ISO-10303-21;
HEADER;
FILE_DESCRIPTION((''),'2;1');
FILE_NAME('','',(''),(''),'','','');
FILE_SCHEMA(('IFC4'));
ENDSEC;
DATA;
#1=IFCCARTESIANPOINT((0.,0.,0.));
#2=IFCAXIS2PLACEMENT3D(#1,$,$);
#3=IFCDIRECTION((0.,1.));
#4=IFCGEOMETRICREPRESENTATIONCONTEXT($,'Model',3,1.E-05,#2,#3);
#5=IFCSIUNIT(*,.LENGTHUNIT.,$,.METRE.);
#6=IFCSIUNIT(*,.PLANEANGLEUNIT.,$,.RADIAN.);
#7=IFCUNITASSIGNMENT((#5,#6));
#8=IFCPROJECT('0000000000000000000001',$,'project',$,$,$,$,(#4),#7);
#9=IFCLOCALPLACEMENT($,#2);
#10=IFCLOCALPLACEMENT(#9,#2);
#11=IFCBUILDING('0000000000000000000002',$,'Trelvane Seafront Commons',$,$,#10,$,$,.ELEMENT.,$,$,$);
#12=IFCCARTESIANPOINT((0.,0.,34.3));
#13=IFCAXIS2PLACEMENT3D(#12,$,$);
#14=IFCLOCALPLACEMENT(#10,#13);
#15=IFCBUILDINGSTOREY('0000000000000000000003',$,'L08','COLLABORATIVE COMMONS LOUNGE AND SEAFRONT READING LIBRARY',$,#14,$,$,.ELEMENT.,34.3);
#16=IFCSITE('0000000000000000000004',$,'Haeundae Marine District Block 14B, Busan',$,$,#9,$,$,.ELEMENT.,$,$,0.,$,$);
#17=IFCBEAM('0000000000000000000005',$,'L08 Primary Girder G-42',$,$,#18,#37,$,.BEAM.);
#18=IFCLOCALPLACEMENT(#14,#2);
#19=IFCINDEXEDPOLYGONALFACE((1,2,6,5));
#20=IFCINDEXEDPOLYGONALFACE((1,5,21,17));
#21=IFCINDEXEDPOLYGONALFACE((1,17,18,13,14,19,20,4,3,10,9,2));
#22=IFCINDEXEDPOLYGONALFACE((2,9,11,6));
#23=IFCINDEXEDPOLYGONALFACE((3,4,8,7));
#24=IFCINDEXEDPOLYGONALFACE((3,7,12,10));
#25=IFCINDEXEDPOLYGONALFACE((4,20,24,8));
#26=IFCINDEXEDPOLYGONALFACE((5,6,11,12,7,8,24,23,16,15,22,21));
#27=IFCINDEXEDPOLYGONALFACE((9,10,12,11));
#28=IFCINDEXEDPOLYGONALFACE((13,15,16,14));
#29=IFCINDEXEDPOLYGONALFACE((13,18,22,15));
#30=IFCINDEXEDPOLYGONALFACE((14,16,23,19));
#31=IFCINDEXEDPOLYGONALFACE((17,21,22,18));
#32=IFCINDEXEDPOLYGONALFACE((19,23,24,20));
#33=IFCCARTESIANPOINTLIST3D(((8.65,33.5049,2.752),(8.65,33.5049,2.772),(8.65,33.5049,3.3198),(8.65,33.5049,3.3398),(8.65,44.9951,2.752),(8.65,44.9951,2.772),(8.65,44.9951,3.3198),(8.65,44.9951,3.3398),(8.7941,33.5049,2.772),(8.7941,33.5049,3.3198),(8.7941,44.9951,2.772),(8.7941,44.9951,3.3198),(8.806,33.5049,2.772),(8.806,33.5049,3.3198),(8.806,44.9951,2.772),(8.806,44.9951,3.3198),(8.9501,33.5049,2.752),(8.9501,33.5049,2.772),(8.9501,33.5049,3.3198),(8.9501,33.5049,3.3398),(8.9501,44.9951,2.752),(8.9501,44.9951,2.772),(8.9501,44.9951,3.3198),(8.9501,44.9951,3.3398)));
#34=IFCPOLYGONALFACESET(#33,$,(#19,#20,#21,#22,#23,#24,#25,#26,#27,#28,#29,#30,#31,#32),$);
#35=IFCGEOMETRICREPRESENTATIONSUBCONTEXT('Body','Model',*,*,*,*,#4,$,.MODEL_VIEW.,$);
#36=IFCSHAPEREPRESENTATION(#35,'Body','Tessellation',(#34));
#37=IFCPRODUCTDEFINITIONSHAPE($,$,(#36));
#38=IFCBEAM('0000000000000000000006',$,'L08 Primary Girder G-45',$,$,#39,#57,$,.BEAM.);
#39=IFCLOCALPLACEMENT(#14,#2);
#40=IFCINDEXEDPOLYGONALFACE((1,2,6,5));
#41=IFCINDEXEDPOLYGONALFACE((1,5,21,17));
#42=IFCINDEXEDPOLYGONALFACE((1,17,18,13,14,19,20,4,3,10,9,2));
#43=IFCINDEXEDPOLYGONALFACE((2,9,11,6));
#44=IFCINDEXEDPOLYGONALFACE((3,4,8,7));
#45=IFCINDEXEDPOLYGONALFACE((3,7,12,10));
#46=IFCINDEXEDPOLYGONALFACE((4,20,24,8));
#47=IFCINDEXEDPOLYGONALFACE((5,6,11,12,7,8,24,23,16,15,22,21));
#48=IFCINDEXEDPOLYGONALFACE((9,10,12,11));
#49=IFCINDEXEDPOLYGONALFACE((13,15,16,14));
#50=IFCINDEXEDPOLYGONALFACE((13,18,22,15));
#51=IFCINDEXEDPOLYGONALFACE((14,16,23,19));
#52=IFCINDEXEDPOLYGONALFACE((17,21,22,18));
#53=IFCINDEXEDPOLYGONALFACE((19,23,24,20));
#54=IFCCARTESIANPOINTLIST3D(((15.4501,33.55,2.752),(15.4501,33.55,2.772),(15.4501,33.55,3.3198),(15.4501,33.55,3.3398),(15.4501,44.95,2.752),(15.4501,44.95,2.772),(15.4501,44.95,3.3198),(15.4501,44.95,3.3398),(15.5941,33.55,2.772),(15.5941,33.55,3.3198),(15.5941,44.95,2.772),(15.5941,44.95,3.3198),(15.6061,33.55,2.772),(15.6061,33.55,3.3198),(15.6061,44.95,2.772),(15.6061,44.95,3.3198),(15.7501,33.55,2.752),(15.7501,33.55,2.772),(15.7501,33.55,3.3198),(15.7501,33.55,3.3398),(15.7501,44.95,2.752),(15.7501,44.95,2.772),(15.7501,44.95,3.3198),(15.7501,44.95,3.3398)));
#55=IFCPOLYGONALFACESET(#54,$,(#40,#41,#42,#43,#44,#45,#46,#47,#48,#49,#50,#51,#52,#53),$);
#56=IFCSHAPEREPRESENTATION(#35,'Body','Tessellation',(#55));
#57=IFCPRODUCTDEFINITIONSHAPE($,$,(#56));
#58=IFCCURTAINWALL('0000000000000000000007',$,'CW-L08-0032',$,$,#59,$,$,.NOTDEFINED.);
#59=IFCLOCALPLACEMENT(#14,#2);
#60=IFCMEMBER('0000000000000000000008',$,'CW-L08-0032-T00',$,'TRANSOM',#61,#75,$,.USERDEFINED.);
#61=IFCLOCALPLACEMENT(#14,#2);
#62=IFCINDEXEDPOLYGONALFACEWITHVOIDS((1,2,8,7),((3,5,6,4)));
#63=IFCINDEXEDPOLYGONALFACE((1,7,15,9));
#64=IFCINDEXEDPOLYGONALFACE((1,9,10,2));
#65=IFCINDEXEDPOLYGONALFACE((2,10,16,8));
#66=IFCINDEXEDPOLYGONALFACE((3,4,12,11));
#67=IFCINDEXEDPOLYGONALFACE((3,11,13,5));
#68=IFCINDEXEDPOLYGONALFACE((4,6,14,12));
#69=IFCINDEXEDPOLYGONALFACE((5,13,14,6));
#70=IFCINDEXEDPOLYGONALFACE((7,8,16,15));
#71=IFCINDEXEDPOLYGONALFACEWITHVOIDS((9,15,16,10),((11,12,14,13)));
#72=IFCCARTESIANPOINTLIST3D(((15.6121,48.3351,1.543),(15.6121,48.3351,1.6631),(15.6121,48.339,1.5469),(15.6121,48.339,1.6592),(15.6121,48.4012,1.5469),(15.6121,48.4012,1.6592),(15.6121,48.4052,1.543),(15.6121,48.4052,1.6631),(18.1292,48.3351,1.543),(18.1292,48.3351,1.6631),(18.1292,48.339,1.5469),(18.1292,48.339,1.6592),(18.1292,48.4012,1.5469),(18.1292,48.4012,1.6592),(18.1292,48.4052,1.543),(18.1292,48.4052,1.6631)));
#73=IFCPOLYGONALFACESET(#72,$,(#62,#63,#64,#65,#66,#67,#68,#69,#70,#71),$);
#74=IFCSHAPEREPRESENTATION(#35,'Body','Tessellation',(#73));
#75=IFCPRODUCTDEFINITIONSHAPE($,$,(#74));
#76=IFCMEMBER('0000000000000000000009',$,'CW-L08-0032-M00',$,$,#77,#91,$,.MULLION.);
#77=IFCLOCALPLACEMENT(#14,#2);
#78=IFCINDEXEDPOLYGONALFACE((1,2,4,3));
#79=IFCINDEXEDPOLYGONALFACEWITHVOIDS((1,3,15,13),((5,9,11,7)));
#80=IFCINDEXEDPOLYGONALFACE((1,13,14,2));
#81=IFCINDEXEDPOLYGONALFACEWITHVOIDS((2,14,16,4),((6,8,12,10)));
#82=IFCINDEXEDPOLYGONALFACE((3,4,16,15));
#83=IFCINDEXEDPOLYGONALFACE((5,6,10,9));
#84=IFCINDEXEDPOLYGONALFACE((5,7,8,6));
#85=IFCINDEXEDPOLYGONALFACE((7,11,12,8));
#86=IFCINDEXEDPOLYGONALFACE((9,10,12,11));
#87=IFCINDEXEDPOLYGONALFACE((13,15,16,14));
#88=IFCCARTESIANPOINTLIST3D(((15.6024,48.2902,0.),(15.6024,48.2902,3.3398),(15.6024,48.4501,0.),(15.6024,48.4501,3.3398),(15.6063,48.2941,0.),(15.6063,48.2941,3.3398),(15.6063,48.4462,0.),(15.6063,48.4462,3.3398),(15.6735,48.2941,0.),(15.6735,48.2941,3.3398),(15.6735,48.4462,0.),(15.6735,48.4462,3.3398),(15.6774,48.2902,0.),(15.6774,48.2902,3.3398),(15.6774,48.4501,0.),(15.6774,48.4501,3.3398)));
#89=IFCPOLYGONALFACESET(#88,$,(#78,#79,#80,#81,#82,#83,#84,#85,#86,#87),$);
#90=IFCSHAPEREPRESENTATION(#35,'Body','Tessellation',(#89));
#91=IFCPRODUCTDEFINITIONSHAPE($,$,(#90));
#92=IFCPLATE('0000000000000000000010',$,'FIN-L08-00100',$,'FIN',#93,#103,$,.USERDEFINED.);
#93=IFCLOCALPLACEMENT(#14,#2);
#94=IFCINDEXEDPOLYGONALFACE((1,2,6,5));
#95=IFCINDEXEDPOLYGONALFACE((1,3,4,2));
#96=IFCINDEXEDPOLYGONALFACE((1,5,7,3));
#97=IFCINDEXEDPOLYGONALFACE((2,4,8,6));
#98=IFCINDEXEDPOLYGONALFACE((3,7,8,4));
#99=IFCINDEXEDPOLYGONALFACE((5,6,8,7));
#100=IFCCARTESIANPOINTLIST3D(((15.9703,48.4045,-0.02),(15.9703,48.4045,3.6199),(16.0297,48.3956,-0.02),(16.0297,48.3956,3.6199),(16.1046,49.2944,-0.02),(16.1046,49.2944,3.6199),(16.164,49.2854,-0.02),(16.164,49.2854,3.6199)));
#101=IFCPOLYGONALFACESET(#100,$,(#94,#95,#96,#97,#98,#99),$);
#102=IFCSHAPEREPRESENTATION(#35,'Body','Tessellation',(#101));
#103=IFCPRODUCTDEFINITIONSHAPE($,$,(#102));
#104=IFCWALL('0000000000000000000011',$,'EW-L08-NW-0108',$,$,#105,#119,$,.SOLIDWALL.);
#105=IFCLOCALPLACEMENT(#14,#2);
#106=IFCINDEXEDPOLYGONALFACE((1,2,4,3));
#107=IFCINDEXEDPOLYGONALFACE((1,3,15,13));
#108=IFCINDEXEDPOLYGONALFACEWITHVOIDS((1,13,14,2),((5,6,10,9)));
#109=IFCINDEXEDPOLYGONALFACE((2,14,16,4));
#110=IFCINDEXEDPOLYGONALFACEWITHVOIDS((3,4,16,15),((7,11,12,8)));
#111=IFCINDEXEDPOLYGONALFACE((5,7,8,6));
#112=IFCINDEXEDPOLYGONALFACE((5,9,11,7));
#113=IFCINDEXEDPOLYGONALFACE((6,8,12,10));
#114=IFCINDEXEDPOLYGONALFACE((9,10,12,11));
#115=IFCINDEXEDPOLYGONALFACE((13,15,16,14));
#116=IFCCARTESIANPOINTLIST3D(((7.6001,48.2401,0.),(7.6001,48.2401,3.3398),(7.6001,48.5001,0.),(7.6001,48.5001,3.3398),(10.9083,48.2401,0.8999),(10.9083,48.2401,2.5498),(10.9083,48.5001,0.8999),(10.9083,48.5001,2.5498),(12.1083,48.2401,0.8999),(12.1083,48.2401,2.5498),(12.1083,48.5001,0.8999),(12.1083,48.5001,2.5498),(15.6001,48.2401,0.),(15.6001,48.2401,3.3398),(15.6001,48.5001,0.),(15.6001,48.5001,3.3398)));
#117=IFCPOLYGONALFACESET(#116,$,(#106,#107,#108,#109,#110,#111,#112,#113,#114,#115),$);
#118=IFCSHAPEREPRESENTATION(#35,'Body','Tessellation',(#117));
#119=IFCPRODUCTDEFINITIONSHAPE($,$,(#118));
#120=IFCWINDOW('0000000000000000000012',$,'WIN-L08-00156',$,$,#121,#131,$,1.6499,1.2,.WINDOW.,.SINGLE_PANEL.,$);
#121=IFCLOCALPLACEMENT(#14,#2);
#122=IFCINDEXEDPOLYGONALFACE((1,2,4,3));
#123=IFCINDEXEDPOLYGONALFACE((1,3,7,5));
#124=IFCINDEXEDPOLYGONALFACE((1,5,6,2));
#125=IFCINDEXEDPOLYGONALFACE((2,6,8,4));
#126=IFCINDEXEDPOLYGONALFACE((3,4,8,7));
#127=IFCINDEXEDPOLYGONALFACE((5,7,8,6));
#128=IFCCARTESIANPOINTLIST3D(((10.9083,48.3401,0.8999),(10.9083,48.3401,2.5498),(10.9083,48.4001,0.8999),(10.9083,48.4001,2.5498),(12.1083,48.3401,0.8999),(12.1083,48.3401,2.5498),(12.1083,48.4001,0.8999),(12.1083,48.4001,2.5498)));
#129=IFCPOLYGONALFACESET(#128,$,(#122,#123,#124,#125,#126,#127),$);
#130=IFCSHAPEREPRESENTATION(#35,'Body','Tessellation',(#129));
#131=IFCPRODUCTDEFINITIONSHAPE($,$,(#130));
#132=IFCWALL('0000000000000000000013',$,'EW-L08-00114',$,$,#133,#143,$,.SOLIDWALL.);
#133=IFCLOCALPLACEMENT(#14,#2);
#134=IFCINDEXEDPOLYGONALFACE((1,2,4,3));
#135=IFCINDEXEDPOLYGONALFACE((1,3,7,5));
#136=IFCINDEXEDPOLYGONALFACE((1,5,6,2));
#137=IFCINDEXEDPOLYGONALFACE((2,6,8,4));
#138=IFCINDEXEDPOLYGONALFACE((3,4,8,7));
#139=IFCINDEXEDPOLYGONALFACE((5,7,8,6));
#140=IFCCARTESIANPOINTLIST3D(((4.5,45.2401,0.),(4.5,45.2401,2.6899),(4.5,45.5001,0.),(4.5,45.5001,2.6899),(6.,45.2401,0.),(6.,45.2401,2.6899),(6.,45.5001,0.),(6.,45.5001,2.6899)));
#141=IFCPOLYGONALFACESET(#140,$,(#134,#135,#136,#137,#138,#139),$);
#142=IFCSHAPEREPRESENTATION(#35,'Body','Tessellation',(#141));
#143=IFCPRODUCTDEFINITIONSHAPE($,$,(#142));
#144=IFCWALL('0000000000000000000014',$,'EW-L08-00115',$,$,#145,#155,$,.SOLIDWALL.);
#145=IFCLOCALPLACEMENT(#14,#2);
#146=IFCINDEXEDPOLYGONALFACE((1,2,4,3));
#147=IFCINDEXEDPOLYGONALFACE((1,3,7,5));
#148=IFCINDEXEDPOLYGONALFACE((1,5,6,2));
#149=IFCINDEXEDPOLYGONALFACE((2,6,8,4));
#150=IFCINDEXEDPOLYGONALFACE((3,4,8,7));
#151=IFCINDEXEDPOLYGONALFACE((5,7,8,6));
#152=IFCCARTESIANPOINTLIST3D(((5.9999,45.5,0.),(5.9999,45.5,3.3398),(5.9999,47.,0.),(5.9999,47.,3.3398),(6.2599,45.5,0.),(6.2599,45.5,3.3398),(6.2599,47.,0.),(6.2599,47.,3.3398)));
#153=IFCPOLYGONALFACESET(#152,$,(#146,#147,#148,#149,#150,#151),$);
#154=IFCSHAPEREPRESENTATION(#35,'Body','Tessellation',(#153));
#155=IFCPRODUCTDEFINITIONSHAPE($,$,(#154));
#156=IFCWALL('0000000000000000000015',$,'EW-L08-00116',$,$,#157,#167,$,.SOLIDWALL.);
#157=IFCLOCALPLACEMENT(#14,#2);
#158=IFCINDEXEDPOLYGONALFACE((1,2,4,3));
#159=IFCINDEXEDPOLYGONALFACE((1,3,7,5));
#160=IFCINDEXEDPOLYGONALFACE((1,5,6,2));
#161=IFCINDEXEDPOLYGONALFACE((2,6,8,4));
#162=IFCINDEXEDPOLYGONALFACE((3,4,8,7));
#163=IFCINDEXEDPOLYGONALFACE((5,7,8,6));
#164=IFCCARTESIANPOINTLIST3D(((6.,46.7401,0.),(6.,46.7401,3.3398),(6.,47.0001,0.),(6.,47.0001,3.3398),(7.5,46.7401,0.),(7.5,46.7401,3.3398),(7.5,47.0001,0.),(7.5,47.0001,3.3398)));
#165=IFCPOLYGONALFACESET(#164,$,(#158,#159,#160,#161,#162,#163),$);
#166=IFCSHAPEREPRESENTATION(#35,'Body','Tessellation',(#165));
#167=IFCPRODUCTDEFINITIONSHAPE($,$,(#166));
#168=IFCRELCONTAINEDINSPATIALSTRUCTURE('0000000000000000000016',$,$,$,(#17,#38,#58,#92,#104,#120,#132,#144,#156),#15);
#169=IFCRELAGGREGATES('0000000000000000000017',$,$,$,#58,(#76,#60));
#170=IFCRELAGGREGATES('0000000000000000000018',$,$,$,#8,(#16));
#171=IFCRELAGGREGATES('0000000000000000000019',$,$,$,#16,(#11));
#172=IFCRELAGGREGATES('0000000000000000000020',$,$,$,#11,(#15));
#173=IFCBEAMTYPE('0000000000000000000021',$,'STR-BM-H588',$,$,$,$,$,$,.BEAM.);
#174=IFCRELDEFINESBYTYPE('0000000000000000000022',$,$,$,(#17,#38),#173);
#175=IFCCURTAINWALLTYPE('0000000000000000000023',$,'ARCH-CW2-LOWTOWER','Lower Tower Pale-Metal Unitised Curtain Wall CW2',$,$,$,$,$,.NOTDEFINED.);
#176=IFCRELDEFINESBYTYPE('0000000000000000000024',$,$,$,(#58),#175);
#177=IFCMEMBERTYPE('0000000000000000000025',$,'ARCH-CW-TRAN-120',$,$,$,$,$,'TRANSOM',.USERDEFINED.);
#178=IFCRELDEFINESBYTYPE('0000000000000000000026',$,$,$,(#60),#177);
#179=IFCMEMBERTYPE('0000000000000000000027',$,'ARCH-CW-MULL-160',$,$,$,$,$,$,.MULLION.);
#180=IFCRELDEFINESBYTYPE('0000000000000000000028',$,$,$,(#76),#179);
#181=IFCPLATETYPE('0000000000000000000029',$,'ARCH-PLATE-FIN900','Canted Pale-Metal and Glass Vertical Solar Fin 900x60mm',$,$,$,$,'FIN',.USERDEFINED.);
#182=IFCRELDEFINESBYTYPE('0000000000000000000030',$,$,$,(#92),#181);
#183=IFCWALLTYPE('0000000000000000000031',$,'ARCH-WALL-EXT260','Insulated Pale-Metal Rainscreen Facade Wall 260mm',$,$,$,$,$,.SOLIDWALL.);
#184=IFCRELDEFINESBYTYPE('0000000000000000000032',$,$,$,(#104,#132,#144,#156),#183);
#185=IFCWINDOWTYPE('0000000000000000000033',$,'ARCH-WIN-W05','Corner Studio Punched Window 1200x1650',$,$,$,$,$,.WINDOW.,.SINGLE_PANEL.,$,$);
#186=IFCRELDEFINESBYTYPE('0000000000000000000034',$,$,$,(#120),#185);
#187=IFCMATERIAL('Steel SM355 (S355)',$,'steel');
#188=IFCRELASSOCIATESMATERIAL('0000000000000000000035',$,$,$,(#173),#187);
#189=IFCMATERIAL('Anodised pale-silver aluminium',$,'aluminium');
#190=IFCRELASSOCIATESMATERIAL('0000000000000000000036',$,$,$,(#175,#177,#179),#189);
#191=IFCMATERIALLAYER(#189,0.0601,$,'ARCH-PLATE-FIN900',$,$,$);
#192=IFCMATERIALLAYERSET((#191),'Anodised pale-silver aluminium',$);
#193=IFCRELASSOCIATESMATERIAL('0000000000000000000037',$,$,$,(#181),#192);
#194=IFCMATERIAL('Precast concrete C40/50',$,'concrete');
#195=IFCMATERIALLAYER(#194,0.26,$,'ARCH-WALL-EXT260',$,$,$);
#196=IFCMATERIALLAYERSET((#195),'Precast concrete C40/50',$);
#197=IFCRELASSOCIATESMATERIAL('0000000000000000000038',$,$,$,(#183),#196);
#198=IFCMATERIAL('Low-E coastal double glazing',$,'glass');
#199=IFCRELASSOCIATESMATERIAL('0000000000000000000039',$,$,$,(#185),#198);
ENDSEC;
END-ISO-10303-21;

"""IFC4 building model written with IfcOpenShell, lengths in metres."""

from ifc_helpers import new_model, si_unit, direction, frame, frame_2d, origin, origin_2d, place, context, subcontext, project, spatial, rectangle, hollow_rectangle, i_section, extrude, source, transform, mapped, material, layer, layer_set, material_profile, profile_set, type_object, element, fill, aggregate, save


model = new_model("IFC4")

# Units and contexts
model_context = context("Model", 3, precision=1e-05, world=origin(), true_north=direction((0.0, 1.0)))
body_context = subcontext(model_context, "Body", "Model", "MODEL_VIEW")
ifc_project = project(units=[si_unit("LENGTHUNIT", "METRE"), si_unit("PLANEANGLEUNIT", "RADIAN")], contexts=[model_context])

# Site, building, storey
site_placement = place(None, origin())
site = spatial("IfcSite", under=ifc_project, at=site_placement, Name="Haeundae Marine District Block 14B, Busan", CompositionType="ELEMENT", RefElevation=0.0)
building_placement = place(site_placement, origin())
building = spatial("IfcBuilding", under=site, at=building_placement, Name="Trelvane Seafront Commons", CompositionType="ELEMENT")
storey_placement = place(building_placement, frame((0.0, 0.0, 34.3)))
storey = spatial("IfcBuildingStorey", under=building, at=storey_placement, Name="L08", Description="COLLABORATIVE COMMONS LOUNGE AND SEAFRONT READING LIBRARY", CompositionType="ELEMENT", Elevation=34.3)

# Shared definitions
ifc_material_1 = material(Name="Steel SM355 (S355)", Category="steel")

# Beams
ifc_material_profile_1 = material_profile(ifc_material_1, i_section(OverallWidth=0.3, OverallDepth=0.5879, WebThickness=0.012, FlangeThickness=0.02, at=origin_2d()), Name="H-588x300x12x20")
ifc_profile_set_1 = profile_set([ifc_material_profile_1], Name="Steel SM355 (S355)")
beam_type_1 = type_object("IfcBeamType", Name="STR-BM-H588", PredefinedType="BEAM", material=ifc_profile_set_1)
shared_shape_1 = source(origin(), body_context, "Body", "SweptSolid", [
    extrude(i_section(OverallWidth=0.3, OverallDepth=0.5879, WebThickness=0.012, FlangeThickness=0.02, at=origin_2d()), origin(), (0.0, 0.0, 1.0), 11.4902),
])
for number, where, z_axis, x_axis, name in (
    (1, (8.8, 33.5049, 3.0459), (0.0, 1.0, 0.0), (-1.0, 0.0, 0.0), "L08 Primary Girder G-42"),
):
    element("IfcBeam", number, at=place(storey_placement, frame(where, z_axis=z_axis, x_axis=x_axis)), inside=storey, type_object=beam_type_1, Name=name, PredefinedType="BEAM", context=body_context, shape_type="MappedRepresentation", body=[
        mapped(shared_shape_1, transform((0.0, 0.0, 0.0), x_axis=(1.0, 0.0, 0.0), y_axis=(0.0, 1.0, 0.0), z_axis=(0.0, 0.0, 1.0), scale=1.0)),
    ])
shared_shape_2 = source(origin(), body_context, "Body", "SweptSolid", [
    extrude(i_section(OverallWidth=0.3, OverallDepth=0.5879, WebThickness=0.012, FlangeThickness=0.02, at=origin_2d()), origin(), (0.0, 0.0, 1.0), 11.3999),
])
beam_1_placement = place(storey_placement, frame((15.6001, 33.55, 3.0459), z_axis=(0.0, 1.0, 0.0), x_axis=(-1.0, 0.0, 0.0)))
element("IfcBeam", 2, at=beam_1_placement, inside=storey, type_object=beam_type_1, Name="L08 Primary Girder G-45", PredefinedType="BEAM", context=body_context, shape_type="MappedRepresentation", body=[
    mapped(shared_shape_2, transform((0.0, 0.0, 0.0), x_axis=(1.0, 0.0, 0.0), y_axis=(0.0, 1.0, 0.0), z_axis=(0.0, 0.0, 1.0), scale=1.0)),
])

# Curtain wall, members
ifc_material_2 = material(Name="Anodised pale-silver aluminium", Category="aluminium")
curtain_wall_type = type_object("IfcCurtainWallType", Name="ARCH-CW2-LOWTOWER", Description="Lower Tower Pale-Metal Unitised Curtain Wall CW2", PredefinedType="NOTDEFINED", material=ifc_material_2)
curtain_wall_placement = place(storey_placement, origin())
curtain_wall = element("IfcCurtainWall", 3, at=curtain_wall_placement, inside=storey, type_object=curtain_wall_type, Name="CW-L08-0032", PredefinedType="NOTDEFINED")
ifc_material_profile_2 = material_profile(ifc_material_2, hollow_rectangle(XDim=0.0701, YDim=0.1201, WallThickness=0.0039, at=origin_2d()), Name="TRAN-70x120x4")
ifc_profile_set_2 = profile_set([ifc_material_profile_2], Name="Anodised pale-silver aluminium")
member_type_1 = type_object("IfcMemberType", Name="ARCH-CW-TRAN-120", ElementType="TRANSOM", PredefinedType="USERDEFINED", material=ifc_profile_set_2)
shared_shape_3 = source(origin(), body_context, "Body", "SweptSolid", [
    extrude(hollow_rectangle(XDim=0.0701, YDim=0.1201, WallThickness=0.0039, at=origin_2d()), origin(), (0.0, 0.0, 1.0), 2.5171),
])
member_1_placement = place(storey_placement, frame((15.6121, 48.3701, 1.603), z_axis=(1.0, 0.0, 0.0), x_axis=(0.0, 1.0, 0.0)))
member_1 = element("IfcMember", 4, at=member_1_placement, type_object=member_type_1, Name="CW-L08-0032-T00", ObjectType="TRANSOM", PredefinedType="USERDEFINED", context=body_context, shape_type="MappedRepresentation", body=[
    mapped(shared_shape_3, transform((0.0, 0.0, 0.0), x_axis=(1.0, 0.0, 0.0), y_axis=(0.0, 1.0, 0.0), z_axis=(0.0, 0.0, 1.0), scale=1.0)),
])
ifc_material_profile_3 = material_profile(ifc_material_2, hollow_rectangle(XDim=0.075, YDim=0.1599, WallThickness=0.0039, at=origin_2d()), Name="MULL-75x160x4")
ifc_profile_set_3 = profile_set([ifc_material_profile_3], Name="Anodised pale-silver aluminium")
member_type_2 = type_object("IfcMemberType", Name="ARCH-CW-MULL-160", PredefinedType="MULLION", material=ifc_profile_set_3)
shared_shape_4 = source(origin(), body_context, "Body", "SweptSolid", [
    extrude(hollow_rectangle(XDim=0.075, YDim=0.1599, WallThickness=0.0039, at=origin_2d()), origin(), (0.0, 0.0, 1.0), 3.3398),
])
member_2_placement = place(storey_placement, frame((15.6399, 48.3701, 0.0), z_axis=(0.0, 0.0, 1.0), x_axis=(1.0, 0.0, 0.0)))
member_2 = element("IfcMember", 5, at=member_2_placement, type_object=member_type_2, Name="CW-L08-0032-M00", PredefinedType="MULLION", context=body_context, shape_type="MappedRepresentation", body=[
    mapped(shared_shape_4, transform((0.0, 0.0, 0.0), x_axis=(1.0, 0.0, 0.0), y_axis=(0.0, 1.0, 0.0), z_axis=(0.0, 0.0, 1.0), scale=1.0)),
])
aggregate(curtain_wall, [member_2, member_1])

# Plate
ifc_layer_1 = layer(ifc_material_2, 0.0601, Name="ARCH-PLATE-FIN900")
ifc_layer_set_1 = layer_set([ifc_layer_1], Name="Anodised pale-silver aluminium")
plate_type = type_object("IfcPlateType", Name="ARCH-PLATE-FIN900", Description="Canted Pale-Metal and Glass Vertical Solar Fin 900x60mm", ElementType="FIN", PredefinedType="USERDEFINED", material=ifc_layer_set_1)
shared_shape_5 = source(origin(), body_context, "Body", "SweptSolid", [
    extrude(rectangle(XDim=0.8999, YDim=0.0601, at=origin_2d()), origin(), (0.0, 0.0, 1.0), 3.6399),
])
plate_placement = place(storey_placement, frame((16.0671, 48.845, -0.02), z_axis=(0.0, 0.0, 1.0), x_axis=(0.149226, 0.988803, 0.0)))
element("IfcPlate", 6, at=plate_placement, inside=storey, type_object=plate_type, Name="FIN-L08-00100", ObjectType="FIN", PredefinedType="USERDEFINED", context=body_context, shape_type="MappedRepresentation", body=[
    mapped(shared_shape_5, transform((0.0, 0.0, 0.0), x_axis=(1.0, 0.0, 0.0), y_axis=(0.0, 1.0, 0.0), z_axis=(0.0, 0.0, 1.0), scale=1.0)),
])

# Wall, opening, window
ifc_material_3 = material(Name="Precast concrete C40/50", Category="concrete")
ifc_layer_2 = layer(ifc_material_3, 0.26, Name="ARCH-WALL-EXT260")
ifc_layer_set_2 = layer_set([ifc_layer_2], Name="Precast concrete C40/50")
wall_type_1 = type_object("IfcWallType", Name="ARCH-WALL-EXT260", Description="Insulated Pale-Metal Rainscreen Facade Wall 260mm", PredefinedType="SOLIDWALL", material=ifc_layer_set_2)
wall_1_placement = place(storey_placement, frame((7.6001, 48.3701, 0.0), z_axis=(0.0, 0.0, 1.0), x_axis=(1.0, 0.0, 0.0)))
wall_1 = element("IfcWall", 7, at=wall_1_placement, inside=storey, type_object=wall_type_1, Name="EW-L08-NW-0108", PredefinedType="SOLIDWALL", context=body_context, shape_type="SweptSolid", body=[
    extrude(rectangle(XDim=8.0, YDim=0.26, at=frame_2d((4.0, 0.0))), origin(), (0.0, 0.0, 1.0), 3.3398),
])
opening_1_placement = place(wall_1_placement, frame((3.3081, 0.0, 0.8999)))
opening_1 = element("IfcOpeningElement", 8, at=opening_1_placement, cuts=wall_1, PredefinedType="OPENING", context=body_context, shape_type="SweptSolid", body=[
    extrude(rectangle(XDim=1.2, YDim=1.6499, at=frame_2d((0.6001, 0.825))), frame((0.0, 0.1399, 0.0), z_axis=(0.0, -1.0, 0.0), x_axis=(1.0, 0.0, 0.0)), (0.0, 0.0, 1.0), 0.28),
])
ifc_material_4 = material(Name="Low-E coastal double glazing", Category="glass")
window_type = type_object("IfcWindowType", Name="ARCH-WIN-W05", Description="Corner Studio Punched Window 1200x1650", PartitioningType="SINGLE_PANEL", PredefinedType="WINDOW", material=ifc_material_4)
shared_shape_6 = source(origin(), body_context, "Body", "SweptSolid", [
    extrude(rectangle(XDim=1.2, YDim=1.6499, at=frame_2d((0.6001, 0.825))), frame((0.0, 0.03, 0.0), z_axis=(0.0, -1.0, 0.0), x_axis=(1.0, 0.0, 0.0)), (0.0, 0.0, 1.0), 0.0601),
])
window_placement = place(opening_1_placement, origin())
window = element("IfcWindow", 9, at=window_placement, inside=storey, type_object=window_type, Name="WIN-L08-00156", OverallHeight=1.6499, OverallWidth=1.2, PartitioningType="SINGLE_PANEL", PredefinedType="WINDOW", context=body_context, shape_type="MappedRepresentation", body=[
    mapped(shared_shape_6, transform((0.0, 0.0, 0.0), x_axis=(1.0, 0.0, 0.0), y_axis=(0.0, 1.0, 0.0), z_axis=(0.0, 0.0, 1.0), scale=1.0)),
])
fill(opening_1, window)

# Walls
wall_2_placement = place(storey_placement, frame((4.5, 45.3701, 0.0), z_axis=(0.0, 0.0, 1.0), x_axis=(1.0, 0.0, 0.0)))
element("IfcWall", 10, at=wall_2_placement, inside=storey, type_object=wall_type_1, Name="EW-L08-00114", PredefinedType="SOLIDWALL", context=body_context, shape_type="SweptSolid", body=[
    extrude(rectangle(XDim=1.5, YDim=0.26, at=frame_2d((0.75, 0.0))), origin(), (0.0, 0.0, 1.0), 2.6899),
])
for number, where, z_axis, x_axis, name in (
    (11, (6.1299, 45.5, 0.0), (0.0, 0.0, 1.0), (0.0, 1.0, 0.0), "EW-L08-00115"),
    (12, (6.0, 46.8701, 0.0), (0.0, 0.0, 1.0), (1.0, 0.0, 0.0), "EW-L08-00116"),
):
    element("IfcWall", number, at=place(storey_placement, frame(where, z_axis=z_axis, x_axis=x_axis)), inside=storey, type_object=wall_type_1, Name=name, PredefinedType="SOLIDWALL", context=body_context, shape_type="SweptSolid", body=[
        extrude(rectangle(XDim=1.5, YDim=0.26, at=frame_2d((0.75, 0.0))), origin(), (0.0, 0.0, 1.0), 3.3398),
    ])

save(model, "model.ifc")
